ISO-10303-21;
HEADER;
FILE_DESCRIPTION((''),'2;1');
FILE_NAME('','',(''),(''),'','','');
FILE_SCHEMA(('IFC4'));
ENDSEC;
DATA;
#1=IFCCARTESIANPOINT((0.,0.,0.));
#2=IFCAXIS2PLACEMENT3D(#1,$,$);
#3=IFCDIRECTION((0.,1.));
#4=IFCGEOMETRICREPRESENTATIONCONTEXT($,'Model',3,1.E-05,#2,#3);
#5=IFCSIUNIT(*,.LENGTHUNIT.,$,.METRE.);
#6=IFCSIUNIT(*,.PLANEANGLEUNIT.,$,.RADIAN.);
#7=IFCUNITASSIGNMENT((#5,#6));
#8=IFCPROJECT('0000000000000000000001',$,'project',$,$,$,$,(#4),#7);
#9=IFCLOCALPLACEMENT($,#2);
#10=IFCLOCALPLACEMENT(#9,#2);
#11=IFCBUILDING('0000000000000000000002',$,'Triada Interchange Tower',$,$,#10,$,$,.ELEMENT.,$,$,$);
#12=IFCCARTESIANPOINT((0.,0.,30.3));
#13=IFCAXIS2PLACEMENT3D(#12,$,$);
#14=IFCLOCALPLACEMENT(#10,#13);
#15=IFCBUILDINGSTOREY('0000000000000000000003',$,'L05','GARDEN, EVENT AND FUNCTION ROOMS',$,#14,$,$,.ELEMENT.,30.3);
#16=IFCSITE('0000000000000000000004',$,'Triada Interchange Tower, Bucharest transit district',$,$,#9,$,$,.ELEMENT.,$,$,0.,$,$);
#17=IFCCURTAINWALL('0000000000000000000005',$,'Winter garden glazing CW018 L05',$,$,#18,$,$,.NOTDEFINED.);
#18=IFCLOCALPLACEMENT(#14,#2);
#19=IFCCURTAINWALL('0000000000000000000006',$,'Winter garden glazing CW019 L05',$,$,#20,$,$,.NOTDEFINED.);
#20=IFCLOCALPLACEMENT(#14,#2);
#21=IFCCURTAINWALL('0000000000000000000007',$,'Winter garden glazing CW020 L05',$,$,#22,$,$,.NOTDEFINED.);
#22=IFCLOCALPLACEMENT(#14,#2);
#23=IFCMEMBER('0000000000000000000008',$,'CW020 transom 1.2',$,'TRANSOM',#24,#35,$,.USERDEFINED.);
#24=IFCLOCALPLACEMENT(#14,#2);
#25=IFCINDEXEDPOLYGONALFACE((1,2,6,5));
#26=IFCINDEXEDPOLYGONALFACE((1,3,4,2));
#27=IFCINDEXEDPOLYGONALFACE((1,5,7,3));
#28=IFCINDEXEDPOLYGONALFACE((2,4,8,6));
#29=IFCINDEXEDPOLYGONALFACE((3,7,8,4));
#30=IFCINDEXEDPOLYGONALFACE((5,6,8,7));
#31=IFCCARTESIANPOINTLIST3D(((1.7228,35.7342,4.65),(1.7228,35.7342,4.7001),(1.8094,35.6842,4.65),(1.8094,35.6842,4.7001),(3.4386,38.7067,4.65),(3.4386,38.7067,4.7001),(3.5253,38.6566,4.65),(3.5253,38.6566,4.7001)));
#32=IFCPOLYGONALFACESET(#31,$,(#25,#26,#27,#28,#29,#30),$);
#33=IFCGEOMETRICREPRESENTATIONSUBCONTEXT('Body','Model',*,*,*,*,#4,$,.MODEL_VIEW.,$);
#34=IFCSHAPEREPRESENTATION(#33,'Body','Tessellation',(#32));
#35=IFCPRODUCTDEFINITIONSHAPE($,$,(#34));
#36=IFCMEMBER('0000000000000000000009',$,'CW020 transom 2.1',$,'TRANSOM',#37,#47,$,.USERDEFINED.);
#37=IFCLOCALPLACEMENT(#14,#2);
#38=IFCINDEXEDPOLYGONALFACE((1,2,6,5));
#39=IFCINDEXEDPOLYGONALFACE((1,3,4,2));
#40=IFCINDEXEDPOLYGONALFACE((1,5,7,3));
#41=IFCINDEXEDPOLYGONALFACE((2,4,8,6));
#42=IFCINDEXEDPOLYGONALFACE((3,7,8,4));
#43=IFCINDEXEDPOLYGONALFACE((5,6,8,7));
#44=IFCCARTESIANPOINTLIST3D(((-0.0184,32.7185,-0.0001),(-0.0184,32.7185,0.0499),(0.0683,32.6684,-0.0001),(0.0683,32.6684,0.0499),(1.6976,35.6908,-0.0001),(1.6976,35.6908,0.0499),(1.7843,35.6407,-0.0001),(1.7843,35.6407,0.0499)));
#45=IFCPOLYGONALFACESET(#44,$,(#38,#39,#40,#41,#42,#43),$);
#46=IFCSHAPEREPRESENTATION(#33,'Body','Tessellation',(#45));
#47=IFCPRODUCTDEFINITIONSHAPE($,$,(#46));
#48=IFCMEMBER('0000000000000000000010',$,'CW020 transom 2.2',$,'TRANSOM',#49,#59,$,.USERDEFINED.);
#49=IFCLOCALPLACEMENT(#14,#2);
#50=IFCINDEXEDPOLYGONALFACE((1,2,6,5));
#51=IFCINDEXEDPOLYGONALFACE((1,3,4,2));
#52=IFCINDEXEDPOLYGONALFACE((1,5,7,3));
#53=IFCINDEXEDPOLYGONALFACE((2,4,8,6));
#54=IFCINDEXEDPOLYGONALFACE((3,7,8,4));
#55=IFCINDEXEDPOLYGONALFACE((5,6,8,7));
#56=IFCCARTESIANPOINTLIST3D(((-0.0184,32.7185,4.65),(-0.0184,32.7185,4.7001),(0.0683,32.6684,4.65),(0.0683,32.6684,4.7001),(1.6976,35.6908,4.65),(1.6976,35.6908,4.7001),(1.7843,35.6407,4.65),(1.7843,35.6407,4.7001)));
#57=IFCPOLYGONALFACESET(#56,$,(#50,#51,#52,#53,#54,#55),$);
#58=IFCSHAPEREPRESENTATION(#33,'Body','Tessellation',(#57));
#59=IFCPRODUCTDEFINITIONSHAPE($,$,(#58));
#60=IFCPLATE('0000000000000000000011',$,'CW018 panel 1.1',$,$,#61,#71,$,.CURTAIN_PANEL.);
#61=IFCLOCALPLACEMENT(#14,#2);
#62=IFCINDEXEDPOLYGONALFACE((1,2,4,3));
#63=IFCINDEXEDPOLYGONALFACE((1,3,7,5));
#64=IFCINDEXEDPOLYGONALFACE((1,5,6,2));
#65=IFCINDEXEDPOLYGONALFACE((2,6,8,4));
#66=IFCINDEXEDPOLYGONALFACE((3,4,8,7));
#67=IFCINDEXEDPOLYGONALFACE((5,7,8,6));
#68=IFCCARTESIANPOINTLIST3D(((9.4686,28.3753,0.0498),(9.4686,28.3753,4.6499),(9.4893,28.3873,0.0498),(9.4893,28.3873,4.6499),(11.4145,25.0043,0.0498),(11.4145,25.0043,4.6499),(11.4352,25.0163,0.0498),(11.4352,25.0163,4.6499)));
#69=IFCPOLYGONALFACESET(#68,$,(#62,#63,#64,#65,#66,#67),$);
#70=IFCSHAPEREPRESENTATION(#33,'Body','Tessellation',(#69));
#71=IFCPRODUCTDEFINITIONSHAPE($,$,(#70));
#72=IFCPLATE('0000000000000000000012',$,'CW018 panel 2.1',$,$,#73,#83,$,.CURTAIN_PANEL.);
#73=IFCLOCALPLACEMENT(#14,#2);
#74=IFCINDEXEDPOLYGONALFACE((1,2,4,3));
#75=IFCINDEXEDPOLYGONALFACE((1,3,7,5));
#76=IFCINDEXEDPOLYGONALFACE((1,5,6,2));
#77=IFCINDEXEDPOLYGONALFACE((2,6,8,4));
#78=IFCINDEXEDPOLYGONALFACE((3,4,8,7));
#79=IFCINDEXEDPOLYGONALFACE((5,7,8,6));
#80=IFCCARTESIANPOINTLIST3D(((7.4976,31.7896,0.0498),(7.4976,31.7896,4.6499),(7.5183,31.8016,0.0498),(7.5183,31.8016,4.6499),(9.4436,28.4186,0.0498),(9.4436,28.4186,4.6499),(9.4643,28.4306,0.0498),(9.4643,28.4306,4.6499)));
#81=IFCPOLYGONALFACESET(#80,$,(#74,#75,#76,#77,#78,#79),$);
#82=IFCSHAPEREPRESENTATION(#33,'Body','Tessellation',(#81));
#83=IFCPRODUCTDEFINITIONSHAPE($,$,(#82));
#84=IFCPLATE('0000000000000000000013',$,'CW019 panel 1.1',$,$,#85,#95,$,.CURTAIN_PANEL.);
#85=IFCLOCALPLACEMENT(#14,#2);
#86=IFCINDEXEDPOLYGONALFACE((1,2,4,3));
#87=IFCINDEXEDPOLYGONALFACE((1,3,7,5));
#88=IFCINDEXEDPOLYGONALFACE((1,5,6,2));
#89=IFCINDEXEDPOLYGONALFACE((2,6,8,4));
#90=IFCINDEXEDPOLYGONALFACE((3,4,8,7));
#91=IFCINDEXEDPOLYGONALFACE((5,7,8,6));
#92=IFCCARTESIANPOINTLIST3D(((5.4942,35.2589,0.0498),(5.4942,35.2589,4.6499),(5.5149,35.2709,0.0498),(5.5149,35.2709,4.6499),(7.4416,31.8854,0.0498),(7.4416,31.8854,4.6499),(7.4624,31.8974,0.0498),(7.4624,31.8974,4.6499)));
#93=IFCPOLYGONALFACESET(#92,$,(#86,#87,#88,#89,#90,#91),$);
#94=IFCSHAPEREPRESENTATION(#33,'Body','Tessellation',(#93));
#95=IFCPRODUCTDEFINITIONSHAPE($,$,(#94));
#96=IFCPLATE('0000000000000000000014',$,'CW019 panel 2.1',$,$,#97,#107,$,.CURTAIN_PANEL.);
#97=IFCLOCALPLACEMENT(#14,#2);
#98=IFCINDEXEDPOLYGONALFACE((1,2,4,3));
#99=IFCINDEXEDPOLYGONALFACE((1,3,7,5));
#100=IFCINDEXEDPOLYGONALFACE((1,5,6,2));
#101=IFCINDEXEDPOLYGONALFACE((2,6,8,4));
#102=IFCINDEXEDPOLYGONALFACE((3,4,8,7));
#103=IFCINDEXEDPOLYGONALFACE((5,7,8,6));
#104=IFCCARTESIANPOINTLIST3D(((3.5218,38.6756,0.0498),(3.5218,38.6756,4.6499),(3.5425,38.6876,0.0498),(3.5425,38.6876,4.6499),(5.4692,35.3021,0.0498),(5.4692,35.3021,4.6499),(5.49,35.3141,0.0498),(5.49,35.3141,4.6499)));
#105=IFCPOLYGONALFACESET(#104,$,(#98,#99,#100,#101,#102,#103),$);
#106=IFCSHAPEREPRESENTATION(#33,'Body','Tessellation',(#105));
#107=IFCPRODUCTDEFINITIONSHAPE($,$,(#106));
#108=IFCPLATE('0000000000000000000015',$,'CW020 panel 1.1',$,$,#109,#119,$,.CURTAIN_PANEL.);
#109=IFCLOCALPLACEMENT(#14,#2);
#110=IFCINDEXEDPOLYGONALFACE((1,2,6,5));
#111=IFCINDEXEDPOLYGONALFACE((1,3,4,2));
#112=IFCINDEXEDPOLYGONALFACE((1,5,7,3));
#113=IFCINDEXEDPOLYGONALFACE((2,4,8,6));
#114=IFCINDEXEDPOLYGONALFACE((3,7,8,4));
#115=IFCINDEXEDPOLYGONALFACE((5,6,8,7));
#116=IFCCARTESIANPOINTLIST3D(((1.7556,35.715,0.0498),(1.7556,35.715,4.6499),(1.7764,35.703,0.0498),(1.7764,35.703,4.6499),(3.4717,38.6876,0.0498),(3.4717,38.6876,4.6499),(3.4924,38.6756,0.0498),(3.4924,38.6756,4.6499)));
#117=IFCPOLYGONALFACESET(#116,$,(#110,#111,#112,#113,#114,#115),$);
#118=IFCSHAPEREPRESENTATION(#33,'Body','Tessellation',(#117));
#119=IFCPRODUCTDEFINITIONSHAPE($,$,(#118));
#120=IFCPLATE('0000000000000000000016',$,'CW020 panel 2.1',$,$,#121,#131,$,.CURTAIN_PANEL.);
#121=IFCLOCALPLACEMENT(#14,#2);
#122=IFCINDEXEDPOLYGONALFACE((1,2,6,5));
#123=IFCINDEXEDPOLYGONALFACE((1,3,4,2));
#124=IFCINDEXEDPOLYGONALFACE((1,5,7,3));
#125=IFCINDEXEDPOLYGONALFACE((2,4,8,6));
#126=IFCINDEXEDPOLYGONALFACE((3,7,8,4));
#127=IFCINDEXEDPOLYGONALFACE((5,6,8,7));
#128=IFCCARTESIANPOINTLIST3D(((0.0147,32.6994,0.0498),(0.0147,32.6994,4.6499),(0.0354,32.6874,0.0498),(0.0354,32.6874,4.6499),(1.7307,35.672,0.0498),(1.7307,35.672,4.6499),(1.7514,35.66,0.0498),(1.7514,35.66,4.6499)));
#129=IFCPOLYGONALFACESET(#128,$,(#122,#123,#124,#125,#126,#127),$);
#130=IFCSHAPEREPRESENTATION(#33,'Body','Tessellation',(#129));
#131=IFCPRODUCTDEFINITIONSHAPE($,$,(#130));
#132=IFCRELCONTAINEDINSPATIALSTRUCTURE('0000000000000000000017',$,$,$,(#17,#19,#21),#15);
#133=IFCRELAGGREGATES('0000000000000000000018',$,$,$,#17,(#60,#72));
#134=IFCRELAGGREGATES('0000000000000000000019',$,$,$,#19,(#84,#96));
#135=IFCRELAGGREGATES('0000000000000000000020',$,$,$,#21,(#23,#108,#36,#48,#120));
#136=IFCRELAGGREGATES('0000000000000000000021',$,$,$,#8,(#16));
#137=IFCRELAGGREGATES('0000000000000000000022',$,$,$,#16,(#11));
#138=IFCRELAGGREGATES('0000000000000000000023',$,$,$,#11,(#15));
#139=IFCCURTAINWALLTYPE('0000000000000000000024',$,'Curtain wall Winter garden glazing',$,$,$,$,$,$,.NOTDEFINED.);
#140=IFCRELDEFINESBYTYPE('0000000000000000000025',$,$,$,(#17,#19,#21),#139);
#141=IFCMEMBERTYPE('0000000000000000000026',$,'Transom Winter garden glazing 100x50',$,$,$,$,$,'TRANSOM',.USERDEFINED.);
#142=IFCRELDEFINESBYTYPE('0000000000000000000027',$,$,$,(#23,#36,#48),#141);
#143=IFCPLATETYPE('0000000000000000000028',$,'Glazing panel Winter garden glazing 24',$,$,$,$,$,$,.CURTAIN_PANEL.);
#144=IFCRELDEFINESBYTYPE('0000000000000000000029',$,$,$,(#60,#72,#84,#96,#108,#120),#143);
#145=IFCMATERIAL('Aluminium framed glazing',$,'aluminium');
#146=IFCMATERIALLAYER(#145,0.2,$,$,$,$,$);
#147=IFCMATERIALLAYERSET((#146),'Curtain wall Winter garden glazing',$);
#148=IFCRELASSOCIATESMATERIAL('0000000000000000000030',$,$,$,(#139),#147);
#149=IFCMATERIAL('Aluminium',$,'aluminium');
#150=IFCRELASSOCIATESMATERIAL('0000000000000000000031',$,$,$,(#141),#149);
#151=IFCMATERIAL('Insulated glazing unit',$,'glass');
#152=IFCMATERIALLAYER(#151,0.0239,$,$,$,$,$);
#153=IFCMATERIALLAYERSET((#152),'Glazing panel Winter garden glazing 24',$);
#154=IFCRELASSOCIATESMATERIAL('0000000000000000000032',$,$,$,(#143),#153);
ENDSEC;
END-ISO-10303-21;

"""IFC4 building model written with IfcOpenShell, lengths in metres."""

from ifc_helpers import new_model, si_unit, direction, frame, origin, origin_2d, place, context, subcontext, project, spatial, rectangle, extrude, material, layer, layer_set, material_profile, profile_set, type_object, element, aggregate, save


model = new_model("IFC4")

# Units and contexts
model_context = context("Model", 3, precision=1e-05, world=origin(), true_north=direction((0.0, 1.0)))
body_context = subcontext(model_context, "Body", "Model", "MODEL_VIEW")
ifc_project = project(units=[si_unit("LENGTHUNIT", "METRE"), si_unit("PLANEANGLEUNIT", "RADIAN")], contexts=[model_context])

# Site, building, storey
site_placement = place(None, origin())
site = spatial("IfcSite", under=ifc_project, at=site_placement, Name="Triada Interchange Tower, Bucharest transit district", CompositionType="ELEMENT", RefElevation=0.0)
building_placement = place(site_placement, origin())
building = spatial("IfcBuilding", under=site, at=building_placement, Name="Triada Interchange Tower", CompositionType="ELEMENT")
storey_placement = place(building_placement, frame((0.0, 0.0, 30.3)))
storey = spatial("IfcBuildingStorey", under=building, at=storey_placement, Name="L05", Description="GARDEN, EVENT AND FUNCTION ROOMS", CompositionType="ELEMENT", Elevation=30.3)

# Curtain walls
ifc_material_1 = material(Name="Aluminium framed glazing", Category="aluminium")
ifc_layer_1 = layer(ifc_material_1, 0.2)
ifc_layer_set_1 = layer_set([ifc_layer_1], Name="Curtain wall Winter garden glazing")
curtain_wall_type = type_object("IfcCurtainWallType", Name="Curtain wall Winter garden glazing", PredefinedType="NOTDEFINED", material=ifc_layer_set_1)
curtain_wall_1_placement = place(storey_placement, origin())
curtain_wall_1 = element("IfcCurtainWall", 1, at=curtain_wall_1_placement, inside=storey, type_object=curtain_wall_type, Name="Winter garden glazing CW018 L05", PredefinedType="NOTDEFINED")
ifc_material_2 = material(Name="Aluminium", Category="aluminium")
curtain_wall_2_placement = place(storey_placement, origin())
curtain_wall_2 = element("IfcCurtainWall", 2, at=curtain_wall_2_placement, inside=storey, type_object=curtain_wall_type, Name="Winter garden glazing CW019 L05", PredefinedType="NOTDEFINED")
curtain_wall_3_placement = place(storey_placement, origin())
curtain_wall_3 = element("IfcCurtainWall", 3, at=curtain_wall_3_placement, inside=storey, type_object=curtain_wall_type, Name="Winter garden glazing CW020 L05", PredefinedType="NOTDEFINED")

# Members
ifc_material_profile_1 = material_profile(ifc_material_2, rectangle(XDim=0.1001, YDim=0.05, at=origin_2d()), Name="Aluminium transom")
ifc_profile_set_1 = profile_set([ifc_material_profile_1], Name="Aluminium")
member_type_1 = type_object("IfcMemberType", Name="Transom Winter garden glazing 100x50", ElementType="TRANSOM", PredefinedType="USERDEFINED", material=ifc_profile_set_1)
member_1_placement = place(storey_placement, frame((3.4819, 38.6816, 4.675), z_axis=(-0.499934, -0.866064, 0.0), x_axis=(0.866064, -0.499934, 0.0)))
member_1 = element("IfcMember", 4, at=member_1_placement, type_object=member_type_1, Name="CW020 transom 1.2", ObjectType="TRANSOM", PredefinedType="USERDEFINED", context=body_context, shape_type="SweptSolid", body=[
    extrude(rectangle(XDim=0.1001, YDim=0.05, at=origin_2d()), origin(), (0.0, 0.0, 1.0), 3.4321),
])
member_2_placement = place(storey_placement, frame((1.741, 35.6658, 0.0249), z_axis=(-0.499987, -0.866033, 0.0), x_axis=(0.866033, -0.499987, 0.0)))
member_2 = element("IfcMember", 5, at=member_2_placement, type_object=member_type_1, Name="CW020 transom 2.1", ObjectType="TRANSOM", PredefinedType="USERDEFINED", context=body_context, shape_type="SweptSolid", body=[
    extrude(rectangle(XDim=0.1001, YDim=0.05, at=origin_2d()), origin(), (0.0, 0.0, 1.0), 3.4321),
])
member_3_placement = place(storey_placement, frame((1.741, 35.6658, 4.675), z_axis=(-0.499987, -0.866033, 0.0), x_axis=(0.866033, -0.499987, 0.0)))
member_3 = element("IfcMember", 6, at=member_3_placement, type_object=member_type_1, Name="CW020 transom 2.2", ObjectType="TRANSOM", PredefinedType="USERDEFINED", context=body_context, shape_type="SweptSolid", body=[
    extrude(rectangle(XDim=0.1001, YDim=0.05, at=origin_2d()), origin(), (0.0, 0.0, 1.0), 3.4321),
])

# Plates
ifc_material_3 = material(Name="Insulated glazing unit", Category="glass")
ifc_layer_2 = layer(ifc_material_3, 0.0239)
ifc_layer_set_2 = layer_set([ifc_layer_2], Name="Glazing panel Winter garden glazing 24")
plate_type = type_object("IfcPlateType", Name="Glazing panel Winter garden glazing 24", PredefinedType="CURTAIN_PANEL", material=ifc_layer_set_2)
plate_1_placement = place(storey_placement, frame((10.4519, 26.6958, 0.0498), z_axis=(0.0, 0.0, 1.0), x_axis=(-0.499948, 0.866055, 0.0)))
plate_1 = element("IfcPlate", 7, at=plate_1_placement, type_object=plate_type, Name="CW018 panel 1.1", PredefinedType="CURTAIN_PANEL", context=body_context, shape_type="SweptSolid", body=[
    extrude(rectangle(XDim=3.8923, YDim=0.0239, at=origin_2d()), origin(), (0.0, 0.0, 1.0), 4.6001),
])
plate_2_placement = place(storey_placement, frame((8.481, 30.1101, 0.0498), z_axis=(0.0, 0.0, 1.0), x_axis=(-0.499948, 0.866055, 0.0)))
plate_2 = element("IfcPlate", 8, at=plate_2_placement, type_object=plate_type, Name="CW018 panel 2.1", PredefinedType="CURTAIN_PANEL", context=body_context, shape_type="SweptSolid", body=[
    extrude(rectangle(XDim=3.8923, YDim=0.0239, at=origin_2d()), origin(), (0.0, 0.0, 1.0), 4.6001),
])
aggregate(curtain_wall_1, [plate_1, plate_2])
plate_3_placement = place(storey_placement, frame((6.4783, 33.5781, 0.0498), z_axis=(0.0, 0.0, 1.0), x_axis=(-0.499959, 0.866049, 0.0)))
plate_3 = element("IfcPlate", 9, at=plate_3_placement, type_object=plate_type, Name="CW019 panel 1.1", PredefinedType="CURTAIN_PANEL", context=body_context, shape_type="SweptSolid", body=[
    extrude(rectangle(XDim=3.8953, YDim=0.0239, at=origin_2d()), origin(), (0.0, 0.0, 1.0), 4.6001),
])
plate_4_placement = place(storey_placement, frame((4.5059, 36.9949, 0.0498), z_axis=(0.0, 0.0, 1.0), x_axis=(-0.499959, 0.866049, 0.0)))
plate_4 = element("IfcPlate", 10, at=plate_4_placement, type_object=plate_type, Name="CW019 panel 2.1", PredefinedType="CURTAIN_PANEL", context=body_context, shape_type="SweptSolid", body=[
    extrude(rectangle(XDim=3.8953, YDim=0.0239, at=origin_2d()), origin(), (0.0, 0.0, 1.0), 4.6001),
])
aggregate(curtain_wall_2, [plate_3, plate_4])
plate_5_placement = place(storey_placement, frame((2.624, 37.1953, 0.0498), z_axis=(0.0, 0.0, 1.0), x_axis=(-0.499957, -0.86605, 0.0)))
plate_5 = element("IfcPlate", 11, at=plate_5_placement, type_object=plate_type, Name="CW020 panel 1.1", PredefinedType="CURTAIN_PANEL", context=body_context, shape_type="SweptSolid", body=[
    extrude(rectangle(XDim=3.4324, YDim=0.0239, at=origin_2d()), origin(), (0.0, 0.0, 1.0), 4.6001),
])
plate_6_placement = place(storey_placement, frame((0.8831, 34.1797, 0.0498), z_axis=(0.0, 0.0, 1.0), x_axis=(-0.499957, -0.86605, 0.0)))
plate_6 = element("IfcPlate", 12, at=plate_6_placement, type_object=plate_type, Name="CW020 panel 2.1", PredefinedType="CURTAIN_PANEL", context=body_context, shape_type="SweptSolid", body=[
    extrude(rectangle(XDim=3.4324, YDim=0.0239, at=origin_2d()), origin(), (0.0, 0.0, 1.0), 4.6001),
])
aggregate(curtain_wall_3, [member_1, plate_5, member_2, member_3, plate_6])

save(model, "model.ifc")
